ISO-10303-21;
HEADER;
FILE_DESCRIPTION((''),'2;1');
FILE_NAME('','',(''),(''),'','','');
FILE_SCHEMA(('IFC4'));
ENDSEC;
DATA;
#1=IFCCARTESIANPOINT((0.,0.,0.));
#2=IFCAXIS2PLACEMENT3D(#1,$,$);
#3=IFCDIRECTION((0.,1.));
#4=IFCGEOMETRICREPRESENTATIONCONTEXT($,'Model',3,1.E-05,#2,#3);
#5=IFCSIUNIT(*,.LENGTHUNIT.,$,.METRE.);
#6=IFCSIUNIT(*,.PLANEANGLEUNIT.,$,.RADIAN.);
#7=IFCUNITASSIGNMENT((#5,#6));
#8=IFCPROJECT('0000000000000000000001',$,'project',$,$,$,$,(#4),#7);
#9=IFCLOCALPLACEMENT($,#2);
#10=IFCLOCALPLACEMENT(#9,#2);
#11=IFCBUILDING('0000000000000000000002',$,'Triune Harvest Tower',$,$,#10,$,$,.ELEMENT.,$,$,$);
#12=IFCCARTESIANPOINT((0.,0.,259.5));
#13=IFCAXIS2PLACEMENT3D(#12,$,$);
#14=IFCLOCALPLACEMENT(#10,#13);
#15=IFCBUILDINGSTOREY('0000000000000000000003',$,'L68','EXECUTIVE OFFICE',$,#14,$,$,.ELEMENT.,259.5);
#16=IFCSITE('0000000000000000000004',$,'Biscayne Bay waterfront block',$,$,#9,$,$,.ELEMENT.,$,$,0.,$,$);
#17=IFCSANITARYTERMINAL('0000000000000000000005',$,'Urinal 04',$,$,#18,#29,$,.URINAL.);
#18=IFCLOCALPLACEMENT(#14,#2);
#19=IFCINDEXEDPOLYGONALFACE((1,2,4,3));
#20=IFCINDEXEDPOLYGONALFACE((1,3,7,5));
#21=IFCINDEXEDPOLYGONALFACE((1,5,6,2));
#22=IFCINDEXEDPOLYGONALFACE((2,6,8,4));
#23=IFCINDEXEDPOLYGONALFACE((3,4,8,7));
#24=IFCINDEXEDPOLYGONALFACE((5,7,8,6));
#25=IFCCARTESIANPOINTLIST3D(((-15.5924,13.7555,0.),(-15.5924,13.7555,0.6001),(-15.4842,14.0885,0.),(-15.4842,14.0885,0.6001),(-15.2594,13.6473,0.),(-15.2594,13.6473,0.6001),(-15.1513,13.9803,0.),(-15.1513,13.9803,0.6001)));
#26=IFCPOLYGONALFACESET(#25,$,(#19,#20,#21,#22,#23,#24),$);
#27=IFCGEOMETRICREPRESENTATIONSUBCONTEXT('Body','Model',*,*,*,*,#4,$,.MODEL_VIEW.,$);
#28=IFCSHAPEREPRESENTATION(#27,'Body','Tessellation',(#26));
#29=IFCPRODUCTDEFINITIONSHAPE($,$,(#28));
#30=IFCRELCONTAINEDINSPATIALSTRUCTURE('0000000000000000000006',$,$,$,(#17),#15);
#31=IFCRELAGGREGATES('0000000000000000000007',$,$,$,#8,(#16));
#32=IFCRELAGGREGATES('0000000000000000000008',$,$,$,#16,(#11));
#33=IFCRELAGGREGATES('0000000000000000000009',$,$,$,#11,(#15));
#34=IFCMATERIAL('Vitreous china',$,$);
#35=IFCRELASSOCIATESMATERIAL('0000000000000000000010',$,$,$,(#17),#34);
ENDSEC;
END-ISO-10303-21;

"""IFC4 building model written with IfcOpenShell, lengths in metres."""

from ifc_helpers import new_model, si_unit, direction, frame, origin, origin_2d, place, context, subcontext, project, spatial, rectangle, extrude, source, transform, mapped, material, element, save


model = new_model("IFC4")

# Units and contexts
model_context = context("Model", 3, precision=1e-05, world=origin(), true_north=direction((0.0, 1.0)))
body_context = subcontext(model_context, "Body", "Model", "MODEL_VIEW")
ifc_project = project(units=[si_unit("LENGTHUNIT", "METRE"), si_unit("PLANEANGLEUNIT", "RADIAN")], contexts=[model_context])

# Site, building, storey
site_placement = place(None, origin())
site = spatial("IfcSite", under=ifc_project, at=site_placement, Name="Biscayne Bay waterfront block", CompositionType="ELEMENT", RefElevation=0.0)
building_placement = place(site_placement, origin())
building = spatial("IfcBuilding", under=site, at=building_placement, Name="Triune Harvest Tower", CompositionType="ELEMENT")
storey_placement = place(building_placement, frame((0.0, 0.0, 259.5)))
storey = spatial("IfcBuildingStorey", under=building, at=storey_placement, Name="L68", Description="EXECUTIVE OFFICE", CompositionType="ELEMENT", Elevation=259.5)

# Sanitary terminal
ifc_material_1 = material(Name="Vitreous china")
shared_shape_1 = source(origin(), body_context, "Body", "SweptSolid", [
    extrude(rectangle(XDim=0.3501, YDim=0.3501, at=origin_2d()), origin(), (0.0, 0.0, 1.0), 0.6001),
])
sanitary_terminal_placement = place(storey_placement, frame((-15.3718, 13.8679, 0.0), z_axis=(0.0, 0.0, 1.0), x_axis=(0.309, 0.951062, 0.0)))
element("IfcSanitaryTerminal", 1, at=sanitary_terminal_placement, inside=storey, material=ifc_material_1, Name="Urinal 04", PredefinedType="URINAL", context=body_context, shape_type="MappedRepresentation", body=[
    mapped(shared_shape_1, transform((0.0, 0.0, 0.0), scale=1.0)),
])

save(model, "model.ifc")
